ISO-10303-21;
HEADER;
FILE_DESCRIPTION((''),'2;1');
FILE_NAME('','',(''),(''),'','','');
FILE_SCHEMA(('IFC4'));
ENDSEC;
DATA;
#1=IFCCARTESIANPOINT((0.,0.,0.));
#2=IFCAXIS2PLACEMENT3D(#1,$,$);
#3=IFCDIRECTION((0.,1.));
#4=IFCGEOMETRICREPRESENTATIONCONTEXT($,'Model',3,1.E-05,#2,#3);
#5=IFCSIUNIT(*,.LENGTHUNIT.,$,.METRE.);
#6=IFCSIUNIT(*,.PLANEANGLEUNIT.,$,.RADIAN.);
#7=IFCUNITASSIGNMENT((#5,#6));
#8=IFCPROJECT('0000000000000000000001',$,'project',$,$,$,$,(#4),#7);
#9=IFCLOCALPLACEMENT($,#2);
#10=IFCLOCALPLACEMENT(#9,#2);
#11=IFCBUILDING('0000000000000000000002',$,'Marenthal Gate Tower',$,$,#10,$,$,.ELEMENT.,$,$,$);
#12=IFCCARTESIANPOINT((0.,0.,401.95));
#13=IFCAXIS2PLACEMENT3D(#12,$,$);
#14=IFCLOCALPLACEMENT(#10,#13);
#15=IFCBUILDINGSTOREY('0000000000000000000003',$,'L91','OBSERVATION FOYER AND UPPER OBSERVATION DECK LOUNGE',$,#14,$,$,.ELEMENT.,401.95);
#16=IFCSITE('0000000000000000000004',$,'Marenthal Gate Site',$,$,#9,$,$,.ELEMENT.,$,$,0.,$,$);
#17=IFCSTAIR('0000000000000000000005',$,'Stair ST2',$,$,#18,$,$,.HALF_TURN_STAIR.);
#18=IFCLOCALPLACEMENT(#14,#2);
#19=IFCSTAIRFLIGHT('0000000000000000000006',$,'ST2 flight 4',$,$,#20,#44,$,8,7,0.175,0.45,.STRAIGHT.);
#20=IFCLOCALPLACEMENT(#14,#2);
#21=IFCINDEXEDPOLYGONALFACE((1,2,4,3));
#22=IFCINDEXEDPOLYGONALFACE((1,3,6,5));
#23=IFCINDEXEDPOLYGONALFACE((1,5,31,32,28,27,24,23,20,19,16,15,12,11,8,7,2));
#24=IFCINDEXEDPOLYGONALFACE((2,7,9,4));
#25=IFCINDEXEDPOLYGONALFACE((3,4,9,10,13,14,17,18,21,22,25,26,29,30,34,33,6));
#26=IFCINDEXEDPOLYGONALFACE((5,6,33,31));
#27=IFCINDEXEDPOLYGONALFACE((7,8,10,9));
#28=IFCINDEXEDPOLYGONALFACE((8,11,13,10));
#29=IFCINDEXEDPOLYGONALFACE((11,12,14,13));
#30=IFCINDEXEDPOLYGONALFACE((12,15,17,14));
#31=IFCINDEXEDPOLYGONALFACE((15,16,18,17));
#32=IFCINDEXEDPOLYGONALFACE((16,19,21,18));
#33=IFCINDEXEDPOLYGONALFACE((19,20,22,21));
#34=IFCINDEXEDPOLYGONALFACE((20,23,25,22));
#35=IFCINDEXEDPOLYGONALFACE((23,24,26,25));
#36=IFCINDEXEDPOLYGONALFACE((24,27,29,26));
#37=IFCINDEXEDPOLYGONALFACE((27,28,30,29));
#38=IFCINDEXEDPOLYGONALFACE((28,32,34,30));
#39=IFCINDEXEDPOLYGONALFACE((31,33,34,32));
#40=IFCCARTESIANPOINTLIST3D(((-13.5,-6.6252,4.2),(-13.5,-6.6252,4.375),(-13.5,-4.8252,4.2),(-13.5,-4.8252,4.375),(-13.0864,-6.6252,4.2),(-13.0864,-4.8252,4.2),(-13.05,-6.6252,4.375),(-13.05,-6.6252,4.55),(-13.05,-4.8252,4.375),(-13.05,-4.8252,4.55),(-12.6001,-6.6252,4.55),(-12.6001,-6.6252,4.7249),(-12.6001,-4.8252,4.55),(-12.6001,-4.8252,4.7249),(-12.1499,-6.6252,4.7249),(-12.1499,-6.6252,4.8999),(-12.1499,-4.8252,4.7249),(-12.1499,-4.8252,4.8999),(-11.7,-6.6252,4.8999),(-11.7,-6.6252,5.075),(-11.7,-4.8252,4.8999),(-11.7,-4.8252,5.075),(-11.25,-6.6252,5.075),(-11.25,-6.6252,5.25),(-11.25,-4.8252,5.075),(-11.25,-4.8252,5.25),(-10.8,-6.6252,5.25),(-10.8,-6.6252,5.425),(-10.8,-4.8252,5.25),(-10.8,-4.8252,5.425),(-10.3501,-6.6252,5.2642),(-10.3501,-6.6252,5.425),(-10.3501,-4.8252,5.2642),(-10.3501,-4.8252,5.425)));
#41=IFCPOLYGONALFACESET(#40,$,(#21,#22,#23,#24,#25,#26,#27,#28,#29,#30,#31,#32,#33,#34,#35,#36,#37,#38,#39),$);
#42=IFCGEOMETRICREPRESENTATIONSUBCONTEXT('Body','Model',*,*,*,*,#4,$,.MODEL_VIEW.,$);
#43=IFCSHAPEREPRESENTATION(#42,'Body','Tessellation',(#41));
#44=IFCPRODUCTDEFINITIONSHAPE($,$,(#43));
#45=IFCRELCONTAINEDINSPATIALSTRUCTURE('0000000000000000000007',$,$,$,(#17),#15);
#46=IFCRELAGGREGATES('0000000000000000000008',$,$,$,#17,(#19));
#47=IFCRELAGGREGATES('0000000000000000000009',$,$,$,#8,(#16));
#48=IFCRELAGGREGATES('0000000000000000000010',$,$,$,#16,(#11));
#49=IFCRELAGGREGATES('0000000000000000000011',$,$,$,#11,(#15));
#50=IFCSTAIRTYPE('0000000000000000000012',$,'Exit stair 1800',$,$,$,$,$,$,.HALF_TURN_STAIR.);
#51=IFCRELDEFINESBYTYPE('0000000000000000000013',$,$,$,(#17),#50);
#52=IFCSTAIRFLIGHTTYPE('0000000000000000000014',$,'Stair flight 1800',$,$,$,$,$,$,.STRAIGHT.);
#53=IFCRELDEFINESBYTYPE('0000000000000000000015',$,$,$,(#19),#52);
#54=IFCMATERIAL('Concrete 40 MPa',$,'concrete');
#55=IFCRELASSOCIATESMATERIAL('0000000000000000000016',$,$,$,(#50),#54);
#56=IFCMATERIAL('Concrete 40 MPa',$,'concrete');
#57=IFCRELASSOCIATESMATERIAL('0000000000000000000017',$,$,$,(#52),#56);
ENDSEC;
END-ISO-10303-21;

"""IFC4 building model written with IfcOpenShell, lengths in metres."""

from ifc_helpers import new_model, si_unit, direction, frame, origin, place, context, subcontext, project, spatial, polyline, outline, extrude, material, type_object, element, aggregate, save


model = new_model("IFC4")

# Units and contexts
model_context = context("Model", 3, precision=1e-05, world=origin(), true_north=direction((0.0, 1.0)))
body_context = subcontext(model_context, "Body", "Model", "MODEL_VIEW")
ifc_project = project(units=[si_unit("LENGTHUNIT", "METRE"), si_unit("PLANEANGLEUNIT", "RADIAN")], contexts=[model_context])

# Site, building, storey
site_placement = place(None, origin())
site = spatial("IfcSite", under=ifc_project, at=site_placement, Name="Marenthal Gate Site", CompositionType="ELEMENT", RefElevation=0.0)
building_placement = place(site_placement, origin())
building = spatial("IfcBuilding", under=site, at=building_placement, Name="Marenthal Gate Tower", CompositionType="ELEMENT")
storey_placement = place(building_placement, frame((0.0, 0.0, 401.95)))
storey = spatial("IfcBuildingStorey", under=building, at=storey_placement, Name="L91", Description="OBSERVATION FOYER AND UPPER OBSERVATION DECK LOUNGE", CompositionType="ELEMENT", Elevation=401.95)

# Stair, stair flight
ifc_material_1 = material(Name="Concrete 40 MPa", Category="concrete")
stair_type = type_object("IfcStairType", Name="Exit stair 1800", PredefinedType="HALF_TURN_STAIR", material=ifc_material_1)
stair_placement = place(storey_placement, origin())
stair = element("IfcStair", 1, at=stair_placement, inside=storey, type_object=stair_type, Name="Stair ST2", PredefinedType="HALF_TURN_STAIR")
ifc_material_2 = material(Name="Concrete 40 MPa", Category="concrete")
stair_flight_type = type_object("IfcStairFlightType", Name="Stair flight 1800", PredefinedType="STRAIGHT", material=ifc_material_2)
stair_flight_1_placement = place(storey_placement, frame((-13.5, -5.7251, 4.2), z_axis=(0.0, 0.0, 1.0), x_axis=(1.0, 0.0, 0.0)))
stair_flight_1 = element("IfcStairFlight", 2, at=stair_flight_1_placement, type_object=stair_flight_type, Name="ST2 flight 4", NumberOfRisers=8, NumberOfTreads=7, PredefinedType="STRAIGHT", RiserHeight=0.175, TreadLength=0.45, context=body_context, shape_type="SweptSolid", body=[
    extrude(outline(polyline([(0.0, 0.0), (0.0, 0.175), (0.45, 0.175), (0.45, 0.3501), (0.8999, 0.3501), (0.8999, 0.5249), (1.3501, 0.5249), (1.3501, 0.7), (1.8, 0.7), (1.8, 0.875), (2.25, 0.875), (2.25, 1.05), (2.7, 1.05), (2.7, 1.2251), (3.1499, 1.2251), (3.1499, 1.3999), (3.1499, 1.0642), (0.4136, 0.0), (0.0, 0.0)])), frame((0.0, 0.8999, 0.0), z_axis=(0.0, -1.0, 0.0), x_axis=(1.0, 0.0, 0.0)), (0.0, 0.0, 1.0), 1.8),
])
aggregate(stair, [stair_flight_1])

save(model, "model.ifc")
